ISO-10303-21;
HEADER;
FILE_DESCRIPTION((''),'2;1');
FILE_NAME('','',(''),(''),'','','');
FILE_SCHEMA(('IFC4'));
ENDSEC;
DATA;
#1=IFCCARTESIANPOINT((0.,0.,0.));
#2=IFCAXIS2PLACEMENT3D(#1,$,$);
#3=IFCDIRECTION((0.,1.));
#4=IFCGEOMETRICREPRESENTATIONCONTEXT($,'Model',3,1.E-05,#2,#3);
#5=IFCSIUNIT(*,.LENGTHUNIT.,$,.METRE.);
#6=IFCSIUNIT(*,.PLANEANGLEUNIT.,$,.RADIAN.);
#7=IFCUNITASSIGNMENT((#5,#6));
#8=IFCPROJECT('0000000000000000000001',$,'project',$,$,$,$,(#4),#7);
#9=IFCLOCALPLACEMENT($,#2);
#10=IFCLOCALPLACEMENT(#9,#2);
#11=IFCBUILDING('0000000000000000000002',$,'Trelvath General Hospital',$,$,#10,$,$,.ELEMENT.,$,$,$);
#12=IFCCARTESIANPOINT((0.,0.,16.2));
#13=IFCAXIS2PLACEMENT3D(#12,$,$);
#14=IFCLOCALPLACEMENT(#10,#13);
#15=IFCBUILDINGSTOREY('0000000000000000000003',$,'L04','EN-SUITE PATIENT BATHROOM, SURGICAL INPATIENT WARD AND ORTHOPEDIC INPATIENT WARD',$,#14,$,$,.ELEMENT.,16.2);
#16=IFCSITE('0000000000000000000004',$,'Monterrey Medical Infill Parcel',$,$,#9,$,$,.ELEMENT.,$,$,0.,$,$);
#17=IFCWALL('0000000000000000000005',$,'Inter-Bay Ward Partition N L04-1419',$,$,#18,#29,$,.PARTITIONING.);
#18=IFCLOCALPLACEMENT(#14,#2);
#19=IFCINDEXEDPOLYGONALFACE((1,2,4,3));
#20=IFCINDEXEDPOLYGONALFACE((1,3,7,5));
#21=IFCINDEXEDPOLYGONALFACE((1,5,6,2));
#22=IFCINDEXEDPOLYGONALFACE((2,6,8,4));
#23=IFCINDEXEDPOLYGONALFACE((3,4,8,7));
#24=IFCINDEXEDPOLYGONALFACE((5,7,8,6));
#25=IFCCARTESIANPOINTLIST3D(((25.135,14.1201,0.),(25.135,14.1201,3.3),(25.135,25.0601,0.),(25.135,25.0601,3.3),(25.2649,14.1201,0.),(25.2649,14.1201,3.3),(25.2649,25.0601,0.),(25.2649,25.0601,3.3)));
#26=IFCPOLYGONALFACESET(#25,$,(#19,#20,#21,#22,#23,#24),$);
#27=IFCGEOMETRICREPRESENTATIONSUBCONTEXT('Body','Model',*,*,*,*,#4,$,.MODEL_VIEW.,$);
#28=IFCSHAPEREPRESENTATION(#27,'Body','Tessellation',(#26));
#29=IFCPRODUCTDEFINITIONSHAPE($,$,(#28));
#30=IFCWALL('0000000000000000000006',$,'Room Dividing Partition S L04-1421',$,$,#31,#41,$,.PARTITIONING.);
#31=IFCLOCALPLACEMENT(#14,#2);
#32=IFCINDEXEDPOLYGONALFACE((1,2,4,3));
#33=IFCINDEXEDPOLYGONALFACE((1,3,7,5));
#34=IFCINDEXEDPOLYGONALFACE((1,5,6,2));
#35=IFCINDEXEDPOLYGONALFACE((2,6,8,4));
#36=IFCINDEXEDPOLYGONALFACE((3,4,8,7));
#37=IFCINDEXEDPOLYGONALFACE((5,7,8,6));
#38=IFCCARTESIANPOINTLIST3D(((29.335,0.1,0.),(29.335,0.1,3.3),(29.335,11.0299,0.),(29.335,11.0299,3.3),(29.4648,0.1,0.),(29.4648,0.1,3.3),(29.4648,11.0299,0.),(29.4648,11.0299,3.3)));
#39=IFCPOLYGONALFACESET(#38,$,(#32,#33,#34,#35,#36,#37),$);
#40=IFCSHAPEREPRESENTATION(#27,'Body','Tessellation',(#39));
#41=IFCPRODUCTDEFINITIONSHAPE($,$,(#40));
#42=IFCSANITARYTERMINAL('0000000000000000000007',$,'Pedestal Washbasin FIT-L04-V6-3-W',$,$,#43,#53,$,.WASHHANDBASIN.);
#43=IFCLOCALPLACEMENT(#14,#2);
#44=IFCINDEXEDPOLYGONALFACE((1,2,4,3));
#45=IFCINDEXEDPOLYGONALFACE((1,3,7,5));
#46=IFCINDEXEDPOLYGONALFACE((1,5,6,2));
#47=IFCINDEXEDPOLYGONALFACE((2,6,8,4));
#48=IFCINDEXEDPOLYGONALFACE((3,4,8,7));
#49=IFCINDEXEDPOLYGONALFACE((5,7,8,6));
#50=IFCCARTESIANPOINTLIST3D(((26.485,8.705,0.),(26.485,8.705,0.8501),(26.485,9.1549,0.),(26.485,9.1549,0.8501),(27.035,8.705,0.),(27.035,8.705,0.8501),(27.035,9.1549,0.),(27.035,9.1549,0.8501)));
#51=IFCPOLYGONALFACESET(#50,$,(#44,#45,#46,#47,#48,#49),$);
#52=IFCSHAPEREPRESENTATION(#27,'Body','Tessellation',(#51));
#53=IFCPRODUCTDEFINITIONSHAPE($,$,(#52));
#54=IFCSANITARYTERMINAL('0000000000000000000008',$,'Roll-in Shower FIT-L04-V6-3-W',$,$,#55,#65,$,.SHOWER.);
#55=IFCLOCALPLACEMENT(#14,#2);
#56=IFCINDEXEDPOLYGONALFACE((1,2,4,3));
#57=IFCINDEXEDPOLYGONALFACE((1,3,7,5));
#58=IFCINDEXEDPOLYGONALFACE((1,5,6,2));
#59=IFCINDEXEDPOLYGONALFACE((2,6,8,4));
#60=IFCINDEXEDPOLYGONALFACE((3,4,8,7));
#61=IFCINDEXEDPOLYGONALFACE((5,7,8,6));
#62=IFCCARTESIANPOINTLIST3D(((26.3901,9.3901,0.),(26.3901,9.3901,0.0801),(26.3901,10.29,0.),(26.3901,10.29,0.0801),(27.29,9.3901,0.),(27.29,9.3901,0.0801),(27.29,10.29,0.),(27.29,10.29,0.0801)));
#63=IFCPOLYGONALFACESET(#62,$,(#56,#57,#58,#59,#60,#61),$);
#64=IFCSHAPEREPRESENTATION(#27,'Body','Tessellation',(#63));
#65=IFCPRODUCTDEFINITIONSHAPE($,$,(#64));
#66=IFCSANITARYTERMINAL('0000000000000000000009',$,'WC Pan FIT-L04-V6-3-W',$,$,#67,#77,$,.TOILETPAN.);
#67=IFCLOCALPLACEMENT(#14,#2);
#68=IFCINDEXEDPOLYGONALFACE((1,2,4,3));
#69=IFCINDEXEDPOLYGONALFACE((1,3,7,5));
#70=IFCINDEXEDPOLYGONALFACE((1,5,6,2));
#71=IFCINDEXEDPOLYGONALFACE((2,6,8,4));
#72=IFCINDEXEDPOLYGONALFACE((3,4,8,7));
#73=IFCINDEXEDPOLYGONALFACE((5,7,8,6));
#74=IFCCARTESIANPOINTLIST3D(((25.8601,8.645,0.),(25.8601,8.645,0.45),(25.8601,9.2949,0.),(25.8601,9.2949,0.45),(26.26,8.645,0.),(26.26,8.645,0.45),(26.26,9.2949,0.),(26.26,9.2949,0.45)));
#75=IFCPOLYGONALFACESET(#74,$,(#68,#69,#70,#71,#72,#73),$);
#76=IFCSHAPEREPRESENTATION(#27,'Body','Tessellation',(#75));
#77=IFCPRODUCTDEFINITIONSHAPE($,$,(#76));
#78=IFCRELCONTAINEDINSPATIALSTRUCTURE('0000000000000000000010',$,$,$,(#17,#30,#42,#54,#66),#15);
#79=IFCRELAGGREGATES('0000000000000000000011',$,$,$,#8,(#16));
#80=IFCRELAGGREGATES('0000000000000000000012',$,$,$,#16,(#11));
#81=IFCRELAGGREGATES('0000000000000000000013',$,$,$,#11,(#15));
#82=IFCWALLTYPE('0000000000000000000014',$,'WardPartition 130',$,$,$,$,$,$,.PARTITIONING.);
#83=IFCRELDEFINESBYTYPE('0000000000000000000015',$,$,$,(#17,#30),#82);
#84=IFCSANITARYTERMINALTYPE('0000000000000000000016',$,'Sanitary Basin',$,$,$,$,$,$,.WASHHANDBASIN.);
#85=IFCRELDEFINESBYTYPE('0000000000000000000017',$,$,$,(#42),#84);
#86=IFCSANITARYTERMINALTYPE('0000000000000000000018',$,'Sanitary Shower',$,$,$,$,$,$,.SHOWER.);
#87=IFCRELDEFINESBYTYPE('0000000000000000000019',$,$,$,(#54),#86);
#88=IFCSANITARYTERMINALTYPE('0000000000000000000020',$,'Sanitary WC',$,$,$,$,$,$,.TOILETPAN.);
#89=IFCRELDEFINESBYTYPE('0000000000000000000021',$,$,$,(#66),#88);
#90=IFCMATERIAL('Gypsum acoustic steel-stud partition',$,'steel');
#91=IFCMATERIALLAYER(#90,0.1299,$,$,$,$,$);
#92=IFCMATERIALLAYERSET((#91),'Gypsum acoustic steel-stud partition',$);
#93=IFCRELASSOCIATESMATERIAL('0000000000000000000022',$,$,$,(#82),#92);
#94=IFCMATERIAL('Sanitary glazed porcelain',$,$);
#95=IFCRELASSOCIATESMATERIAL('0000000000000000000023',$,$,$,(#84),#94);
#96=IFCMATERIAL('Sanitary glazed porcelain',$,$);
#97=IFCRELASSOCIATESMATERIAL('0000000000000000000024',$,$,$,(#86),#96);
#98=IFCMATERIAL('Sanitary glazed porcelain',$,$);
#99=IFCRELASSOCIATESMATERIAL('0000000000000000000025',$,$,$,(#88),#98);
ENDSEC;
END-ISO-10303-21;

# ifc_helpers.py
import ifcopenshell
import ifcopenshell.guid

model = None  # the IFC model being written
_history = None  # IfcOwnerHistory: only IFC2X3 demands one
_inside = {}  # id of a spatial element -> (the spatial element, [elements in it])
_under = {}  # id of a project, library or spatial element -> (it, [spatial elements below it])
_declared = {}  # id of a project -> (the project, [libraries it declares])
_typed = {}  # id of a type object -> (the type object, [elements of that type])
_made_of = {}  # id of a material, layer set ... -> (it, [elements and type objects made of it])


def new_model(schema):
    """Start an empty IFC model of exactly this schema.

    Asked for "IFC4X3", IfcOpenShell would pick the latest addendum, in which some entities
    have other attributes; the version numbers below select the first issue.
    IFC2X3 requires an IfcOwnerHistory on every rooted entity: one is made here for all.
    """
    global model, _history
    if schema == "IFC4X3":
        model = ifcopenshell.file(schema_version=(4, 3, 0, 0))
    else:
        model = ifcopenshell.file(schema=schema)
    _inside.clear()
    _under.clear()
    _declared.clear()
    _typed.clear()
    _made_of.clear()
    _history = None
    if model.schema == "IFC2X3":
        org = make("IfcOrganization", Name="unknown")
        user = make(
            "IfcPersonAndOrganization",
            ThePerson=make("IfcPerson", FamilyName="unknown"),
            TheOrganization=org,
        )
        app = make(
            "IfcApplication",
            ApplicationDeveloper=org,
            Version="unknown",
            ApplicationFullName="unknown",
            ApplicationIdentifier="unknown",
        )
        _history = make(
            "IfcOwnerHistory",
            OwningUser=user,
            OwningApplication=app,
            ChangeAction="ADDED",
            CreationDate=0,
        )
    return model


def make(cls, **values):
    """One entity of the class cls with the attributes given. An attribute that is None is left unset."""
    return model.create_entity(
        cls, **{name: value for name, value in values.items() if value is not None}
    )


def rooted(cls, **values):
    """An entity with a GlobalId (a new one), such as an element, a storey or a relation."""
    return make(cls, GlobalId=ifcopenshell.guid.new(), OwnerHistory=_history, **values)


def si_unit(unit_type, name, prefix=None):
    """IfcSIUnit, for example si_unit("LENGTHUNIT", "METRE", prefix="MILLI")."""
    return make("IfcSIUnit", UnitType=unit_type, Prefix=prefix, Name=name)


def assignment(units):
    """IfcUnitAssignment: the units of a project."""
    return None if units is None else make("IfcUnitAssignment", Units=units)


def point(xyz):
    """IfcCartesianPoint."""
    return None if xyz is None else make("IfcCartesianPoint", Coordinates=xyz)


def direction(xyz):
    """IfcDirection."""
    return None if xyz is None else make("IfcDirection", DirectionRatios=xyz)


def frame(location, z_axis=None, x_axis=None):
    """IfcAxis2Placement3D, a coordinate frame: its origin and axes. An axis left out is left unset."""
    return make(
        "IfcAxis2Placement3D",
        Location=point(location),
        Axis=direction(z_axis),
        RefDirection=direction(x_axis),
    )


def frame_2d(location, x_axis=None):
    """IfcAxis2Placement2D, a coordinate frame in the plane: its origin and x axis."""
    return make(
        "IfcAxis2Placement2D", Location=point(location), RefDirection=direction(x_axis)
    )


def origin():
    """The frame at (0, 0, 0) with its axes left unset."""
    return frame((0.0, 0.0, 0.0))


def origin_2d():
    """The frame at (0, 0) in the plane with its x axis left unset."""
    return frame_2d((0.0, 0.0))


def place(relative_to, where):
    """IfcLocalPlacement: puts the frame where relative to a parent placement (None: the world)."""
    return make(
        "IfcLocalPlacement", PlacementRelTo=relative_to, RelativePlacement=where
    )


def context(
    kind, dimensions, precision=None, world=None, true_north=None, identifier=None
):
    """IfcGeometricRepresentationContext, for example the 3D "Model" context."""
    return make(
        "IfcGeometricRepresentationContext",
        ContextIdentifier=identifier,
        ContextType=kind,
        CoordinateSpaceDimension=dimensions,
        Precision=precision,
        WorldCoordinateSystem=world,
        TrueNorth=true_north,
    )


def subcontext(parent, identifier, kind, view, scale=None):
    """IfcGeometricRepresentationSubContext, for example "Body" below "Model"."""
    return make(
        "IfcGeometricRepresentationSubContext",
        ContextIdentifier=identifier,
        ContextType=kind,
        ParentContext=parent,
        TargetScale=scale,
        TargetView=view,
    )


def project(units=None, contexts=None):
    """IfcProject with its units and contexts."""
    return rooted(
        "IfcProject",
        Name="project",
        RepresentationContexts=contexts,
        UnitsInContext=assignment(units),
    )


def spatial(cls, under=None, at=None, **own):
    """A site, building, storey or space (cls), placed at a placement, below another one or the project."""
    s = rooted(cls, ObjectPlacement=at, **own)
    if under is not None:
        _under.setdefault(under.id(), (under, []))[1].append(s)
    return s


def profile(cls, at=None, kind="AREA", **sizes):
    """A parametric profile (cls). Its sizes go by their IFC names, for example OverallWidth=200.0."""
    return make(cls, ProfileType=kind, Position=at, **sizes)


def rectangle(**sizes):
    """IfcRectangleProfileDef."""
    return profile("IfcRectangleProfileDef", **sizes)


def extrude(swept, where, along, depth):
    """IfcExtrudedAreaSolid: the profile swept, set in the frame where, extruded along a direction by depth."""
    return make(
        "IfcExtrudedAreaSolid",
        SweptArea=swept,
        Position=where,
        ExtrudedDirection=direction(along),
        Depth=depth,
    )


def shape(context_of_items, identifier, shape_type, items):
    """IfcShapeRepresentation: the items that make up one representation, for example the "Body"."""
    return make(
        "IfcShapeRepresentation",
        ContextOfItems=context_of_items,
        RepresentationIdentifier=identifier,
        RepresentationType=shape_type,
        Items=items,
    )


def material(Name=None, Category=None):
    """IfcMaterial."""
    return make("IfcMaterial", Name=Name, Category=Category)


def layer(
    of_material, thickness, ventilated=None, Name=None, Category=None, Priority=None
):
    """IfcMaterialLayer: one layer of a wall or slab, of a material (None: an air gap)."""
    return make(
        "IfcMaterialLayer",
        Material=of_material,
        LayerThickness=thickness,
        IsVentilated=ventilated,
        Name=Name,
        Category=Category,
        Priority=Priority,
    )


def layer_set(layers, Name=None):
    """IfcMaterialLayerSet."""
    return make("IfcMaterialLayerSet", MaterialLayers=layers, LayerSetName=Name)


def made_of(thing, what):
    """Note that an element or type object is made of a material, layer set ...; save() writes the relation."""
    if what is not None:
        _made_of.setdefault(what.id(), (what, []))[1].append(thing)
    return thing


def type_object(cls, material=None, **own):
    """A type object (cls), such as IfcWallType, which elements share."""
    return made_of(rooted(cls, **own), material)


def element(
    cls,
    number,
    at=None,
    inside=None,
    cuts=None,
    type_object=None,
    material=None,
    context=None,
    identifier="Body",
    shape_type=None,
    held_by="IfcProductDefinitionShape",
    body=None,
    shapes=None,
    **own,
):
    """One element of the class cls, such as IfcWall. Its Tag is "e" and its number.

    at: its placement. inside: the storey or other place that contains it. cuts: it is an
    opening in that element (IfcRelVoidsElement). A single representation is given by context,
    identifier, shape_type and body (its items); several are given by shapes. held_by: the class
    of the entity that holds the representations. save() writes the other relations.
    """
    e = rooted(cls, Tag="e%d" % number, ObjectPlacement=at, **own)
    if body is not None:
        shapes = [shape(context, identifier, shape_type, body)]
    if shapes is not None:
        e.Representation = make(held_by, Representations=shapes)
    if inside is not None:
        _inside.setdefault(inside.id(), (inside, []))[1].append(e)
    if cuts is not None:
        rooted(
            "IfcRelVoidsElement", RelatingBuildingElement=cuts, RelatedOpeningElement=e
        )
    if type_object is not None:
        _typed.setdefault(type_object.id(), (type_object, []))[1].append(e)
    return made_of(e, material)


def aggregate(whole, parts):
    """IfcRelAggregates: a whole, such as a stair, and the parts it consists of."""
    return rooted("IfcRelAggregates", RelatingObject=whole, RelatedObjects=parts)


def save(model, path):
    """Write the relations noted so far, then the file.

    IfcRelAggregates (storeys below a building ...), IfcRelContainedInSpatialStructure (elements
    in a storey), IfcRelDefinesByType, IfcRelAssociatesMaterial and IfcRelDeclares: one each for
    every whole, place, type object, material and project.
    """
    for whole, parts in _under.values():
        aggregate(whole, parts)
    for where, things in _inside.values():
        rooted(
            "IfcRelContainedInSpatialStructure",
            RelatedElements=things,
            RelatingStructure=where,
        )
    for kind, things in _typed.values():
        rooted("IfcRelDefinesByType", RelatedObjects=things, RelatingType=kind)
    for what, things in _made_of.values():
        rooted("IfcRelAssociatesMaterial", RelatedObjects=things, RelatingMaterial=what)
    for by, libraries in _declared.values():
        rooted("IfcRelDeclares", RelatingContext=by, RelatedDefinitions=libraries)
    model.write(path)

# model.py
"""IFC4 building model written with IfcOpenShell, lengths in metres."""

from ifc_helpers import new_model, si_unit, direction, frame, frame_2d, origin, origin_2d, place, context, subcontext, project, spatial, rectangle, extrude, material, layer, layer_set, type_object, element, save


model = new_model("IFC4")

# Units and contexts
model_context = context("Model", 3, precision=1e-05, world=origin(), true_north=direction((0.0, 1.0)))
body_context = subcontext(model_context, "Body", "Model", "MODEL_VIEW")
ifc_project = project(units=[si_unit("LENGTHUNIT", "METRE"), si_unit("PLANEANGLEUNIT", "RADIAN")], contexts=[model_context])

# Site, building, storey
site_placement = place(None, origin())
site = spatial("IfcSite", under=ifc_project, at=site_placement, Name="Monterrey Medical Infill Parcel", CompositionType="ELEMENT", RefElevation=0.0)
building_placement = place(site_placement, origin())
building = spatial("IfcBuilding", under=site, at=building_placement, Name="Trelvath General Hospital", CompositionType="ELEMENT")
storey_placement = place(building_placement, frame((0.0, 0.0, 16.2)))
storey = spatial("IfcBuildingStorey", under=building, at=storey_placement, Name="L04", Description="EN-SUITE PATIENT BATHROOM, SURGICAL INPATIENT WARD AND ORTHOPEDIC INPATIENT WARD", CompositionType="ELEMENT", Elevation=16.2)

# Walls
ifc_material_1 = material(Name="Gypsum acoustic steel-stud partition", Category="steel")
ifc_layer_1 = layer(ifc_material_1, 0.1299)
ifc_layer_set_1 = layer_set([ifc_layer_1], Name="Gypsum acoustic steel-stud partition")
wall_type_1 = type_object("IfcWallType", Name="WardPartition 130", PredefinedType="PARTITIONING", material=ifc_layer_set_1)
wall_1_placement = place(storey_placement, frame((25.2, 14.1201, 0.0), z_axis=(0.0, 0.0, 1.0), x_axis=(0.0, 1.0, 0.0)))
element("IfcWall", 1, at=wall_1_placement, inside=storey, type_object=wall_type_1, Name="Inter-Bay Ward Partition N L04-1419", PredefinedType="PARTITIONING", context=body_context, shape_type="SweptSolid", body=[
    extrude(rectangle(XDim=10.9399, YDim=0.1299, at=frame_2d((5.47, 0.0))), origin(), (0.0, 0.0, 1.0), 3.3),
])
wall_2_placement = place(storey_placement, frame((29.3999, 0.1001, 0.0), z_axis=(0.0, 0.0, 1.0), x_axis=(0.0, 1.0, 0.0)))
element("IfcWall", 2, at=wall_2_placement, inside=storey, type_object=wall_type_1, Name="Room Dividing Partition S L04-1421", PredefinedType="PARTITIONING", context=body_context, shape_type="SweptSolid", body=[
    extrude(rectangle(XDim=10.9299, YDim=0.1299, at=frame_2d((5.4648, 0.0))), origin(), (0.0, 0.0, 1.0), 3.3),
])

# Sanitary terminals
ifc_material_2 = material(Name="Sanitary glazed porcelain")
sanitary_terminal_type_1 = type_object("IfcSanitaryTerminalType", Name="Sanitary Basin", PredefinedType="WASHHANDBASIN", material=ifc_material_2)
sanitary_terminal_1_placement = place(storey_placement, frame((26.76, 8.9299, 0.0), z_axis=(0.0, 0.0, 1.0), x_axis=(1.0, 0.0, 0.0)))
element("IfcSanitaryTerminal", 3, at=sanitary_terminal_1_placement, inside=storey, type_object=sanitary_terminal_type_1, Name="Pedestal Washbasin FIT-L04-V6-3-W", PredefinedType="WASHHANDBASIN", context=body_context, shape_type="SweptSolid", body=[
    extrude(rectangle(XDim=0.55, YDim=0.45, at=origin_2d()), origin(), (0.0, 0.0, 1.0), 0.8501),
])
ifc_material_3 = material(Name="Sanitary glazed porcelain")
sanitary_terminal_type_2 = type_object("IfcSanitaryTerminalType", Name="Sanitary Shower", PredefinedType="SHOWER", material=ifc_material_3)
sanitary_terminal_2_placement = place(storey_placement, frame((26.8401, 9.8401, 0.0), z_axis=(0.0, 0.0, 1.0), x_axis=(1.0, 0.0, 0.0)))
element("IfcSanitaryTerminal", 4, at=sanitary_terminal_2_placement, inside=storey, type_object=sanitary_terminal_type_2, Name="Roll-in Shower FIT-L04-V6-3-W", PredefinedType="SHOWER", context=body_context, shape_type="SweptSolid", body=[
    extrude(rectangle(XDim=0.8999, YDim=0.8999, at=origin_2d()), origin(), (0.0, 0.0, 1.0), 0.0801),
])
ifc_material_4 = material(Name="Sanitary glazed porcelain")
sanitary_terminal_type_3 = type_object("IfcSanitaryTerminalType", Name="Sanitary WC", PredefinedType="TOILETPAN", material=ifc_material_4)
sanitary_terminal_3_placement = place(storey_placement, frame((26.0601, 8.97, 0.0), z_axis=(0.0, 0.0, 1.0), x_axis=(1.0, 0.0, 0.0)))
element("IfcSanitaryTerminal", 5, at=sanitary_terminal_3_placement, inside=storey, type_object=sanitary_terminal_type_3, Name="WC Pan FIT-L04-V6-3-W", PredefinedType="TOILETPAN", context=body_context, shape_type="SweptSolid", body=[
    extrude(rectangle(XDim=0.3999, YDim=0.6499, at=origin_2d()), origin(), (0.0, 0.0, 1.0), 0.45),
])

save(model, "model.ifc")
